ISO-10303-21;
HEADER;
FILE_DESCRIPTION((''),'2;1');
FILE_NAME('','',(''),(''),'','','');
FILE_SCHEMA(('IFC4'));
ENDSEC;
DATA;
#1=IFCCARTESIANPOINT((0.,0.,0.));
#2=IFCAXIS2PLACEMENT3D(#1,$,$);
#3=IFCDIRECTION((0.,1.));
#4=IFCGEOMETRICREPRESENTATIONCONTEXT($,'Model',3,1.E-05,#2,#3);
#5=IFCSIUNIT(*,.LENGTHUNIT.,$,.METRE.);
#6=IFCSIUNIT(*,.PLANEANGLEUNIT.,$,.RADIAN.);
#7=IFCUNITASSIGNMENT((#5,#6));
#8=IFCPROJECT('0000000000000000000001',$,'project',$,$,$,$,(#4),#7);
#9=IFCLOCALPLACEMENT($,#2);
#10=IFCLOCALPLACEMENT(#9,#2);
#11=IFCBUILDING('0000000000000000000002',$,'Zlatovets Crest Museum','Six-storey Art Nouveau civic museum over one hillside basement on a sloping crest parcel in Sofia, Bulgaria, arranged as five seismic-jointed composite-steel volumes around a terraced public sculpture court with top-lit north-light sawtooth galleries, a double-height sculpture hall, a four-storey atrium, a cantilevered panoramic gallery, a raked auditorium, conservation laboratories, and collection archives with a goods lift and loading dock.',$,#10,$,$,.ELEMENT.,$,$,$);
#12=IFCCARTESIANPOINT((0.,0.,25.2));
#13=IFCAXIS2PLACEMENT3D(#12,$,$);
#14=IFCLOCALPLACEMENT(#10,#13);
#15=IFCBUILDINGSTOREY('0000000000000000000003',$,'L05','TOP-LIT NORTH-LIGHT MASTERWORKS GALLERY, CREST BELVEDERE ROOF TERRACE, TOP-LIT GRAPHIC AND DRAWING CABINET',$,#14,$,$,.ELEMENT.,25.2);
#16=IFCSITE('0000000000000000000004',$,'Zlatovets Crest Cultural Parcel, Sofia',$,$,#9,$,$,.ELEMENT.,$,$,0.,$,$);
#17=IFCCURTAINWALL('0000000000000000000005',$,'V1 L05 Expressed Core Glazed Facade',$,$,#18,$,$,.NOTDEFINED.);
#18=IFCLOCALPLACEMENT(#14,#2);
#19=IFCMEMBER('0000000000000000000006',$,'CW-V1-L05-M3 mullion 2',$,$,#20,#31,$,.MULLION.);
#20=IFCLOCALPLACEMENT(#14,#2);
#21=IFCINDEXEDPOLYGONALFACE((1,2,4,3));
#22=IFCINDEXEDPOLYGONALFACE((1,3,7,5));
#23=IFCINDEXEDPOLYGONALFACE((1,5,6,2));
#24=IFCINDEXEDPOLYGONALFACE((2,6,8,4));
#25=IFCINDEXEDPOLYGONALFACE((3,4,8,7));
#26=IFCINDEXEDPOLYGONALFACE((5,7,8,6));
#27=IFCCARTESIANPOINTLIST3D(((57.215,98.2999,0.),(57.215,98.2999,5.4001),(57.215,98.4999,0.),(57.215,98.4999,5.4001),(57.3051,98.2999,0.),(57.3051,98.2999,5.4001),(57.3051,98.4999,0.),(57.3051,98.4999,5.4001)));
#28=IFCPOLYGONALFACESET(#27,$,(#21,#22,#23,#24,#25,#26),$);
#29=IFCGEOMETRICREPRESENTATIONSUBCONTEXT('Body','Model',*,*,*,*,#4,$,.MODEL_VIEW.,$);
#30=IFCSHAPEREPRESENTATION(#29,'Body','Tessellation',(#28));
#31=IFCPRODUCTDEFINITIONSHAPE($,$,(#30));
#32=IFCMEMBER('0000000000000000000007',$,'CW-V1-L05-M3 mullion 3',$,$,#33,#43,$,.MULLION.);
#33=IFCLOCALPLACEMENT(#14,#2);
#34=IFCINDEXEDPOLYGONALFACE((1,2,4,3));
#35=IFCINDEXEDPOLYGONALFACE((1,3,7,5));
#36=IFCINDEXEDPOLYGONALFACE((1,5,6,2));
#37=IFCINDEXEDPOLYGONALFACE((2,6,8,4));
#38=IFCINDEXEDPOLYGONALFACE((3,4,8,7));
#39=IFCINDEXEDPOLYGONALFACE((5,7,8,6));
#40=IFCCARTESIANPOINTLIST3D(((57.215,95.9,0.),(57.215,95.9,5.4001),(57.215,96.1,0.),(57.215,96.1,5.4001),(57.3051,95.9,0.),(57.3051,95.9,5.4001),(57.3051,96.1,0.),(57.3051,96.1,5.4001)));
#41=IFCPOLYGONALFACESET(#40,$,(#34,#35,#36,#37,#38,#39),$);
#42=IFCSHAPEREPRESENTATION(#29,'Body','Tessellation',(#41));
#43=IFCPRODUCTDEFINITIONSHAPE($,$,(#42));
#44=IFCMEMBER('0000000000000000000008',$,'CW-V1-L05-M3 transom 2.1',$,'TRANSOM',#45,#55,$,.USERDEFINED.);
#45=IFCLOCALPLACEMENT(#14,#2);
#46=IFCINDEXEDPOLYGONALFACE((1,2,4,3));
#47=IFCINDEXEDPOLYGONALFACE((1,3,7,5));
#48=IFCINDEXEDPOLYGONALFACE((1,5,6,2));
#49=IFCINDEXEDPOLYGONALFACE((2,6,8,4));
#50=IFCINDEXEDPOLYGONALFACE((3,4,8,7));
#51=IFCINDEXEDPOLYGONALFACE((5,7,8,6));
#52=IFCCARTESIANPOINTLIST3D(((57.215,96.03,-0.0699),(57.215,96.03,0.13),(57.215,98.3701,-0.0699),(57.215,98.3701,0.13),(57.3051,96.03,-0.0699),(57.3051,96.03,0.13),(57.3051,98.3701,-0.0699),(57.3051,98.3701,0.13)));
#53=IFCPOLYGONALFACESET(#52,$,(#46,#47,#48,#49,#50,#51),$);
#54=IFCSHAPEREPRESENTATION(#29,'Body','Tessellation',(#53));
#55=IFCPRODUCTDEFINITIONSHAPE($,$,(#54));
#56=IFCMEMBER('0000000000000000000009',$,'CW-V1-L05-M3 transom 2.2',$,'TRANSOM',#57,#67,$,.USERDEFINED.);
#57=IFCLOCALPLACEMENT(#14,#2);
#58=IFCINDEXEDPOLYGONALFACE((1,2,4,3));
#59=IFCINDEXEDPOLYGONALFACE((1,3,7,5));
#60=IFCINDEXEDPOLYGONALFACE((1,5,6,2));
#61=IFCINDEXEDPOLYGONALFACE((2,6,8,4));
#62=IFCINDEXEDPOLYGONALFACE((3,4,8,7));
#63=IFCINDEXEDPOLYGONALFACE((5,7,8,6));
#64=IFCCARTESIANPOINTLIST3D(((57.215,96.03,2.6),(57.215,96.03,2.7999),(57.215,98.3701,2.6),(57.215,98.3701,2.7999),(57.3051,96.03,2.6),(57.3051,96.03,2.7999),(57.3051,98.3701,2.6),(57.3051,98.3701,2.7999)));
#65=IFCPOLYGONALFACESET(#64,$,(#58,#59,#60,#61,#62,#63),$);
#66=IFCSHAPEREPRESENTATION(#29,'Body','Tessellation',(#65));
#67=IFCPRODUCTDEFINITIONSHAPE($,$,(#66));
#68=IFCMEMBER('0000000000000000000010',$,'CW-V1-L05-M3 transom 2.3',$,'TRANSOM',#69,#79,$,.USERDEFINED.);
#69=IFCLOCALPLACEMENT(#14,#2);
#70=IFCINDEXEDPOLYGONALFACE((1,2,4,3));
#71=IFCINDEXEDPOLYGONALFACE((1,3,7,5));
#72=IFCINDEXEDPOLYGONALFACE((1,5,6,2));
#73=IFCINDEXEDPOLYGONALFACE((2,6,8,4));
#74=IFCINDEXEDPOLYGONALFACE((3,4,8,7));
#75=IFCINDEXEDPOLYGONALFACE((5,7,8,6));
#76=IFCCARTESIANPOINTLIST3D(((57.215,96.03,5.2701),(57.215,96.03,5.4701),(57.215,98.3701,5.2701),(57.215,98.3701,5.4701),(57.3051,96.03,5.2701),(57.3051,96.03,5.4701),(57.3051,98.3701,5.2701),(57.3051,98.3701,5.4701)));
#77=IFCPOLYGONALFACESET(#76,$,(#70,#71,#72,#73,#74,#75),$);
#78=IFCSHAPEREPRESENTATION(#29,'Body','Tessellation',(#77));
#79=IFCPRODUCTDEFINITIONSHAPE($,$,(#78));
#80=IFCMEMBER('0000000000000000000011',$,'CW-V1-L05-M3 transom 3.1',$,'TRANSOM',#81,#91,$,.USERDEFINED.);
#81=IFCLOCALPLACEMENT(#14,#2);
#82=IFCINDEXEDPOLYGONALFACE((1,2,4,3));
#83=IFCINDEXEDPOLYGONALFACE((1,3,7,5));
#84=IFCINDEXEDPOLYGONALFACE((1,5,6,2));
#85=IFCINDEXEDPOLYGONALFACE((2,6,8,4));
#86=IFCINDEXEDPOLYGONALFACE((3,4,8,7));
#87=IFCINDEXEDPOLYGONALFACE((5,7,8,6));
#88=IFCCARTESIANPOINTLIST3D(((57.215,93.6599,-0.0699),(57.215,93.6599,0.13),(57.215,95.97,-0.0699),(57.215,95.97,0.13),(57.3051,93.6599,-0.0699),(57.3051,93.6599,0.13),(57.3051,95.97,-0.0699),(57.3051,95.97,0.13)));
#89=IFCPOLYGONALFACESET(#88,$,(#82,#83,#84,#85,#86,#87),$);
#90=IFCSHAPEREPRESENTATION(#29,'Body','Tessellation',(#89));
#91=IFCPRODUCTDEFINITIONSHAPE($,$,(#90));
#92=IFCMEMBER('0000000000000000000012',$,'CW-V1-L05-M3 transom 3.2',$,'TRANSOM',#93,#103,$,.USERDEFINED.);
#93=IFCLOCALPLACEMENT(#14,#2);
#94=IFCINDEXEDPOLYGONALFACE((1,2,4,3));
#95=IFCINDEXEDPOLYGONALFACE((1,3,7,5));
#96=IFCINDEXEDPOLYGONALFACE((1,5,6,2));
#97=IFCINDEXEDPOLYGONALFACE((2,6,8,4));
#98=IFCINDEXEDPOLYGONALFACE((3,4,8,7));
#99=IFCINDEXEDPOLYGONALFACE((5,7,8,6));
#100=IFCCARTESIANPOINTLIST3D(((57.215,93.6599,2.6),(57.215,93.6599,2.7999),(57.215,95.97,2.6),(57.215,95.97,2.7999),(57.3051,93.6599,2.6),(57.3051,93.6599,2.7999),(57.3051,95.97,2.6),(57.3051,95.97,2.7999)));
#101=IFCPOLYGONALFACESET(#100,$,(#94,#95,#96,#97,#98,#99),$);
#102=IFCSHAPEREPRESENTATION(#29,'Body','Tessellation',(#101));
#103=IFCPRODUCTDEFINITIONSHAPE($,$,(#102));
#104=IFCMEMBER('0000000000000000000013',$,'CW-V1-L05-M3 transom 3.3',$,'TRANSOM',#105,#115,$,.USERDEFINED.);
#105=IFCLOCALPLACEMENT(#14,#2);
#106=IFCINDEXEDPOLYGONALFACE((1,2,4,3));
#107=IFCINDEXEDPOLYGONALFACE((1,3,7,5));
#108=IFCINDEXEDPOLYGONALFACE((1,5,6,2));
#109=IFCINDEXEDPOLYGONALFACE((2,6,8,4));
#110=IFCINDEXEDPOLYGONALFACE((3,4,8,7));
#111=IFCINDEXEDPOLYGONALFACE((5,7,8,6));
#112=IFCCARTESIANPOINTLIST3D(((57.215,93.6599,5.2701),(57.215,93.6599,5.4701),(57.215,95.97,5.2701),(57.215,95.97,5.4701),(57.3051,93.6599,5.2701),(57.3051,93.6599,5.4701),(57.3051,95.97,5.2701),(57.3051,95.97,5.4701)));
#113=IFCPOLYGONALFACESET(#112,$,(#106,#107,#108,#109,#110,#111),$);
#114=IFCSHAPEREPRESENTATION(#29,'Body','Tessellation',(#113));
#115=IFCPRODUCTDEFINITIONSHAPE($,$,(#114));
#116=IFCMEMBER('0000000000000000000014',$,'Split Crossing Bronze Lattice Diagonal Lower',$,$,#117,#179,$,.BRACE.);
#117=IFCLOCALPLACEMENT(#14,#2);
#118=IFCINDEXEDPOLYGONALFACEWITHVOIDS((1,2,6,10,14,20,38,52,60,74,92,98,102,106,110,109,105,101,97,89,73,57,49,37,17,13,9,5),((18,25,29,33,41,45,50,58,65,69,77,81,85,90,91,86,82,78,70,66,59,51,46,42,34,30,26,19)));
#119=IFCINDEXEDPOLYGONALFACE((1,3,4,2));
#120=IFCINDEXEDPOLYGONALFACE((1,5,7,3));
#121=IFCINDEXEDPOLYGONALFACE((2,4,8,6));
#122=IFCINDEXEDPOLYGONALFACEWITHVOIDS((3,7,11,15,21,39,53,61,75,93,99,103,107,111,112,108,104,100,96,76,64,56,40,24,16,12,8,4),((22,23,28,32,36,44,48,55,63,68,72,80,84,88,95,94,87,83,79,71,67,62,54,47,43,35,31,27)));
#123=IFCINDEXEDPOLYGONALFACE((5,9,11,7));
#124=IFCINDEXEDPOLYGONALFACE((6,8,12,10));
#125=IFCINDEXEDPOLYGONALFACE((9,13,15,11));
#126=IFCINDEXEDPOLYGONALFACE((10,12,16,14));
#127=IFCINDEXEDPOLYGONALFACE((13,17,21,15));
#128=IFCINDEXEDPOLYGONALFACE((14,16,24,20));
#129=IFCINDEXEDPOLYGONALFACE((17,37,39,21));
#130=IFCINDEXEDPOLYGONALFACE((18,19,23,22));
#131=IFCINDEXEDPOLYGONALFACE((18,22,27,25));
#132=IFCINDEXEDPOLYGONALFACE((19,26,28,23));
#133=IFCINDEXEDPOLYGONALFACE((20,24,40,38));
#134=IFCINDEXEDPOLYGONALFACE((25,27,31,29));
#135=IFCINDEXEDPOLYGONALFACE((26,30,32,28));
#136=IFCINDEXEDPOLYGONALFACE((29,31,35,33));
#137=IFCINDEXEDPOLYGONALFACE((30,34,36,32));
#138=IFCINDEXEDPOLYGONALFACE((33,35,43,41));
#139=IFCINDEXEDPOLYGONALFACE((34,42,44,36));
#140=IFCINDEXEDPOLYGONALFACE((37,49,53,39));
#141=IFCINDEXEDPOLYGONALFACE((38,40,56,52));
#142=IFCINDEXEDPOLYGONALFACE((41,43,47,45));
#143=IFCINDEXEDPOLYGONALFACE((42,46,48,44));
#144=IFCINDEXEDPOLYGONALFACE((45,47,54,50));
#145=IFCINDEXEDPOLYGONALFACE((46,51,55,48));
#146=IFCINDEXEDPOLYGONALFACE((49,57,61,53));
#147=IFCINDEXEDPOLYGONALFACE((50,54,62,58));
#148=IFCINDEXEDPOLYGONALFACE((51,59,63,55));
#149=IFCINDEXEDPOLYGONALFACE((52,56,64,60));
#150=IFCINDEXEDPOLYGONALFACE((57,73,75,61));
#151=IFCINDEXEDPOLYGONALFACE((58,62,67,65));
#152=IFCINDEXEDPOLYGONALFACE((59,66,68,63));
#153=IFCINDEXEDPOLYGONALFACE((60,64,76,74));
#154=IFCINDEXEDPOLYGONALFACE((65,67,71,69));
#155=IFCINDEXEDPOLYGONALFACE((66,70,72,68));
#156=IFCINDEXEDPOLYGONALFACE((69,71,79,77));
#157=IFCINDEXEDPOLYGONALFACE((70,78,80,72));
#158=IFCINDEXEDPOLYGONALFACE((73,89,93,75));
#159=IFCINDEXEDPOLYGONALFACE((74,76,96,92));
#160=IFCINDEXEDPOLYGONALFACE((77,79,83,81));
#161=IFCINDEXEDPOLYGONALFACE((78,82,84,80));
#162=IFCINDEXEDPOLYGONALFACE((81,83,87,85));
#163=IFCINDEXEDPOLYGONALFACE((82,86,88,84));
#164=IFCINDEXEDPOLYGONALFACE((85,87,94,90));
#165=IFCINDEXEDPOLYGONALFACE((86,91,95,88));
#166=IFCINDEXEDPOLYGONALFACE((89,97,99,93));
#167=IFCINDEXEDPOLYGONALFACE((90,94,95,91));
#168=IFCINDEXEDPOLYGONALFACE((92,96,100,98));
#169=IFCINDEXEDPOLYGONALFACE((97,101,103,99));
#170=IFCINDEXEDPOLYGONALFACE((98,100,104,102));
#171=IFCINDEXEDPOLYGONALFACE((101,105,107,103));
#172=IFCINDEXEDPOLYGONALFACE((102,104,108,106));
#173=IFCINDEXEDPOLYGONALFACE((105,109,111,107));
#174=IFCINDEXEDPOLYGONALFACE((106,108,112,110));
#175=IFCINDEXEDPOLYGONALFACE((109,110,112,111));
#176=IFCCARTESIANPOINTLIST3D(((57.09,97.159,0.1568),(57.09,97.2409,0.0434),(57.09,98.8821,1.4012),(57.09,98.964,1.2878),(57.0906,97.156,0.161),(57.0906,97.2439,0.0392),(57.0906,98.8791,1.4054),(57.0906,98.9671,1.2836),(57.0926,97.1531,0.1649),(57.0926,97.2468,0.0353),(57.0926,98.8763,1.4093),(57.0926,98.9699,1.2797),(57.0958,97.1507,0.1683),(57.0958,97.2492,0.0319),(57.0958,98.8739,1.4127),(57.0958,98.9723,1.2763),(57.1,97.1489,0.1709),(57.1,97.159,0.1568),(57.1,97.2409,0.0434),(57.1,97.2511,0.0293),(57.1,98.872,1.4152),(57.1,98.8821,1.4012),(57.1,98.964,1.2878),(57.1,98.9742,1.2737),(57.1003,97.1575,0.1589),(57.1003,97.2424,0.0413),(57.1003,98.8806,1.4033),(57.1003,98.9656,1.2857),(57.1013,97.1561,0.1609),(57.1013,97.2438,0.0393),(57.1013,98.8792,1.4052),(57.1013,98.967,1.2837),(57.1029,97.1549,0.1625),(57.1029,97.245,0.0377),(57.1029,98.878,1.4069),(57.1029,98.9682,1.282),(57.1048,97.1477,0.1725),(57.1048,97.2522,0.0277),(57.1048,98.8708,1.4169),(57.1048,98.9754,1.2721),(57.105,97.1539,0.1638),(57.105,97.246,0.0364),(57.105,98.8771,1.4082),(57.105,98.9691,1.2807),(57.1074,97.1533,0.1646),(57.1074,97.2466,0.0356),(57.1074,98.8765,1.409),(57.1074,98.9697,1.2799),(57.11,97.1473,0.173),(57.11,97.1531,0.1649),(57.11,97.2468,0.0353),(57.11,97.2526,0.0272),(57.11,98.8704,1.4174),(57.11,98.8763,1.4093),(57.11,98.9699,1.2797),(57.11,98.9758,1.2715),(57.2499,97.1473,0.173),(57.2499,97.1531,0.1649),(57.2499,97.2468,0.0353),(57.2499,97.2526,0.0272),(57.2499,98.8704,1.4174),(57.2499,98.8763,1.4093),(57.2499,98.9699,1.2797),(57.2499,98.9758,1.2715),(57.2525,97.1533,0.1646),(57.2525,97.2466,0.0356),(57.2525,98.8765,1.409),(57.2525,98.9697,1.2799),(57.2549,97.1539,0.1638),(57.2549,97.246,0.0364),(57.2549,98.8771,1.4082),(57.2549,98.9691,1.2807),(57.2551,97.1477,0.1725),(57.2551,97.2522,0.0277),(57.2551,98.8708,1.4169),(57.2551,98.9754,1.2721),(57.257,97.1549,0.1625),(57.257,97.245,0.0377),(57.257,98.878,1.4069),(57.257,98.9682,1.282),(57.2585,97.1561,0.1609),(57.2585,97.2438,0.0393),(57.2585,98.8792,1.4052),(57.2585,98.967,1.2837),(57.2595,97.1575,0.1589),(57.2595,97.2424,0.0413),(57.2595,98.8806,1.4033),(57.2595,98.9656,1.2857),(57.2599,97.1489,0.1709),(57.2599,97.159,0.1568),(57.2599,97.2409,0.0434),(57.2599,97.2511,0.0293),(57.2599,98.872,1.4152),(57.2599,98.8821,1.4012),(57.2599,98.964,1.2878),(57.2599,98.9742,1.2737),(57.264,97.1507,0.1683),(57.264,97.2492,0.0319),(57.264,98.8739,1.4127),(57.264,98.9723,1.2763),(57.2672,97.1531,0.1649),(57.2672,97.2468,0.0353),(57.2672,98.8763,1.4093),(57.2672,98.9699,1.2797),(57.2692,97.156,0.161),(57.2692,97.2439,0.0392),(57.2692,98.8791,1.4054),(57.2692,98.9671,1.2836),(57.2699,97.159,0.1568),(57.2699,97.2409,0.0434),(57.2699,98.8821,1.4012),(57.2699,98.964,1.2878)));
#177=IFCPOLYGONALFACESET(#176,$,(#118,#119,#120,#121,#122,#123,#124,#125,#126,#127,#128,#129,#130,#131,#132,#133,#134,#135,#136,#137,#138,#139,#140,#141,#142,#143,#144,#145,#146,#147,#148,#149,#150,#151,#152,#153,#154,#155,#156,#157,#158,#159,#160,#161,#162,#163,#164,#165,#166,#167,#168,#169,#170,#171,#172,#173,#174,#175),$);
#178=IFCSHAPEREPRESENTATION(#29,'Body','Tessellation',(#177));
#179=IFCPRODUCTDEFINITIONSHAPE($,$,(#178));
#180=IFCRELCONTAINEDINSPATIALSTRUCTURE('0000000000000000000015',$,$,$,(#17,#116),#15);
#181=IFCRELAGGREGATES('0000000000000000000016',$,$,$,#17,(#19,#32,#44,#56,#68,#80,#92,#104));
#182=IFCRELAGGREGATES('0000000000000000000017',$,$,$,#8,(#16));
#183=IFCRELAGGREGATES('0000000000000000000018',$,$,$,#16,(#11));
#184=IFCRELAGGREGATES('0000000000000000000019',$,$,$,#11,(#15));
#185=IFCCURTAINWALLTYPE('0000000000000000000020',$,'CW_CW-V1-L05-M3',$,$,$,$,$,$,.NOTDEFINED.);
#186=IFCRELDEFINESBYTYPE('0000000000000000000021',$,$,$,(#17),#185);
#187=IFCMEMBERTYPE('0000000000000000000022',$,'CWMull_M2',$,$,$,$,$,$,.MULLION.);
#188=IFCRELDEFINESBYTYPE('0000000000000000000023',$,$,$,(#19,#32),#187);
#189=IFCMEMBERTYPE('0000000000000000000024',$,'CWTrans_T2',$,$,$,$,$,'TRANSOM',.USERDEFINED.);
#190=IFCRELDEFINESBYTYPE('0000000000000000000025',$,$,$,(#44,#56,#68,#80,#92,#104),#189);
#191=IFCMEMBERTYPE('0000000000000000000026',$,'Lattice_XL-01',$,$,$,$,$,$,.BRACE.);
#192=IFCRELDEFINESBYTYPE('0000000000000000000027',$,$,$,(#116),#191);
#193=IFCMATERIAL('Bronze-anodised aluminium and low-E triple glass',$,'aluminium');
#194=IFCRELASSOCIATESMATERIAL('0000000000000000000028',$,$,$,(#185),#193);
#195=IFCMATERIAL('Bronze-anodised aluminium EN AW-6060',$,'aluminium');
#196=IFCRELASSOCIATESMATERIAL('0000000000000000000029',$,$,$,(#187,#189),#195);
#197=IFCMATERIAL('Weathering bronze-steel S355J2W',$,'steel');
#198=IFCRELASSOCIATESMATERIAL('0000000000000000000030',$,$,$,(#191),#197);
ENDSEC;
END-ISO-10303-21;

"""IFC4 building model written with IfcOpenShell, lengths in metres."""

from ifc_helpers import new_model, si_unit, direction, frame, origin, origin_2d, place, context, subcontext, project, spatial, rectangle, hollow_rectangle, extrude, material, material_profile, profile_set, type_object, element, aggregate, save


model = new_model("IFC4")

# Units and contexts
model_context = context("Model", 3, precision=1e-05, world=origin(), true_north=direction((0.0, 1.0)))
body_context = subcontext(model_context, "Body", "Model", "MODEL_VIEW")
ifc_project = project(units=[si_unit("LENGTHUNIT", "METRE"), si_unit("PLANEANGLEUNIT", "RADIAN")], contexts=[model_context])

# Site, building, storey
site_placement = place(None, origin())
site = spatial("IfcSite", under=ifc_project, at=site_placement, Name="Zlatovets Crest Cultural Parcel, Sofia", CompositionType="ELEMENT", RefElevation=0.0)
building_placement = place(site_placement, origin())
building = spatial("IfcBuilding", under=site, at=building_placement, Name="Zlatovets Crest Museum", Description="Six-storey Art Nouveau civic museum over one hillside basement on a sloping crest parcel in Sofia, Bulgaria, arranged as five seismic-jointed composite-steel volumes around a terraced public sculpture court with top-lit north-light sawtooth galleries, a double-height sculpture hall, a four-storey atrium, a cantilevered panoramic gallery, a raked auditorium, conservation laboratories, and collection archives with a goods lift and loading dock.", CompositionType="ELEMENT")
storey_placement = place(building_placement, frame((0.0, 0.0, 25.2)))
storey = spatial("IfcBuildingStorey", under=building, at=storey_placement, Name="L05", Description="TOP-LIT NORTH-LIGHT MASTERWORKS GALLERY, CREST BELVEDERE ROOF TERRACE, TOP-LIT GRAPHIC AND DRAWING CABINET", CompositionType="ELEMENT", Elevation=25.2)

# Curtain wall, members
ifc_material_1 = material(Name="Bronze-anodised aluminium and low-E triple glass", Category="aluminium")
curtain_wall_type = type_object("IfcCurtainWallType", Name="CW_CW-V1-L05-M3", PredefinedType="NOTDEFINED", material=ifc_material_1)
curtain_wall_placement = place(storey_placement, origin())
curtain_wall = element("IfcCurtainWall", 1, at=curtain_wall_placement, inside=storey, type_object=curtain_wall_type, Name="V1 L05 Expressed Core Glazed Facade", PredefinedType="NOTDEFINED")
ifc_material_2 = material(Name="Bronze-anodised aluminium EN AW-6060", Category="aluminium")
ifc_material_profile_1 = material_profile(ifc_material_2, rectangle(XDim=0.0901, YDim=0.2, at=origin_2d()), Name="ALU 90x200")
ifc_profile_set_1 = profile_set([ifc_material_profile_1], Name="Bronze-anodised aluminium EN AW-6060")
member_type_1 = type_object("IfcMemberType", Name="CWMull_M2", PredefinedType="MULLION", material=ifc_profile_set_1)
member_1_placement = place(storey_placement, frame((57.26, 98.3999, 0.0), z_axis=(0.0, 0.0, 1.0), x_axis=(1.0, 0.0, 0.0)))
member_1 = element("IfcMember", 2, at=member_1_placement, type_object=member_type_1, Name="CW-V1-L05-M3 mullion 2", PredefinedType="MULLION", context=body_context, shape_type="SweptSolid", body=[
    extrude(rectangle(XDim=0.0901, YDim=0.2, at=origin_2d()), origin(), (0.0, 0.0, 1.0), 5.4001),
])
member_2_placement = place(storey_placement, frame((57.26, 96.0, 0.0), z_axis=(0.0, 0.0, 1.0), x_axis=(1.0, 0.0, 0.0)))
member_2 = element("IfcMember", 3, at=member_2_placement, type_object=member_type_1, Name="CW-V1-L05-M3 mullion 3", PredefinedType="MULLION", context=body_context, shape_type="SweptSolid", body=[
    extrude(rectangle(XDim=0.0901, YDim=0.2, at=origin_2d()), origin(), (0.0, 0.0, 1.0), 5.4001),
])
ifc_material_profile_2 = material_profile(ifc_material_2, rectangle(XDim=0.0901, YDim=0.2, at=origin_2d()), Name="ALU 90x200")
ifc_profile_set_2 = profile_set([ifc_material_profile_2], Name="Bronze-anodised aluminium EN AW-6060")
member_type_2 = type_object("IfcMemberType", Name="CWTrans_T2", ElementType="TRANSOM", PredefinedType="USERDEFINED", material=ifc_profile_set_2)
member_3_placement = place(storey_placement, frame((57.26, 98.3701, 0.03), z_axis=(0.0, -1.0, 0.0), x_axis=(1.0, 0.0, 0.0)))
member_3 = element("IfcMember", 4, at=member_3_placement, type_object=member_type_2, Name="CW-V1-L05-M3 transom 2.1", ObjectType="TRANSOM", PredefinedType="USERDEFINED", context=body_context, shape_type="SweptSolid", body=[
    extrude(rectangle(XDim=0.0901, YDim=0.2, at=origin_2d()), origin(), (0.0, 0.0, 1.0), 2.3401),
])
member_4_placement = place(storey_placement, frame((57.26, 98.3701, 2.7), z_axis=(0.0, -1.0, 0.0), x_axis=(1.0, 0.0, 0.0)))
member_4 = element("IfcMember", 5, at=member_4_placement, type_object=member_type_2, Name="CW-V1-L05-M3 transom 2.2", ObjectType="TRANSOM", PredefinedType="USERDEFINED", context=body_context, shape_type="SweptSolid", body=[
    extrude(rectangle(XDim=0.0901, YDim=0.2, at=origin_2d()), origin(), (0.0, 0.0, 1.0), 2.3401),
])
member_5_placement = place(storey_placement, frame((57.26, 98.3701, 5.3701), z_axis=(0.0, -1.0, 0.0), x_axis=(1.0, 0.0, 0.0)))
member_5 = element("IfcMember", 6, at=member_5_placement, type_object=member_type_2, Name="CW-V1-L05-M3 transom 2.3", ObjectType="TRANSOM", PredefinedType="USERDEFINED", context=body_context, shape_type="SweptSolid", body=[
    extrude(rectangle(XDim=0.0901, YDim=0.2, at=origin_2d()), origin(), (0.0, 0.0, 1.0), 2.3401),
])
member_6_placement = place(storey_placement, frame((57.26, 95.97, 0.03), z_axis=(0.0, -1.0, 0.0), x_axis=(1.0, 0.0, 0.0)))
member_6 = element("IfcMember", 7, at=member_6_placement, type_object=member_type_2, Name="CW-V1-L05-M3 transom 3.1", ObjectType="TRANSOM", PredefinedType="USERDEFINED", context=body_context, shape_type="SweptSolid", body=[
    extrude(rectangle(XDim=0.0901, YDim=0.2, at=origin_2d()), origin(), (0.0, 0.0, 1.0), 2.3101),
])
member_7_placement = place(storey_placement, frame((57.26, 95.97, 2.7), z_axis=(0.0, -1.0, 0.0), x_axis=(1.0, 0.0, 0.0)))
member_7 = element("IfcMember", 8, at=member_7_placement, type_object=member_type_2, Name="CW-V1-L05-M3 transom 3.2", ObjectType="TRANSOM", PredefinedType="USERDEFINED", context=body_context, shape_type="SweptSolid", body=[
    extrude(rectangle(XDim=0.0901, YDim=0.2, at=origin_2d()), origin(), (0.0, 0.0, 1.0), 2.3101),
])
member_8_placement = place(storey_placement, frame((57.26, 95.97, 5.3701), z_axis=(0.0, -1.0, 0.0), x_axis=(1.0, 0.0, 0.0)))
member_8 = element("IfcMember", 9, at=member_8_placement, type_object=member_type_2, Name="CW-V1-L05-M3 transom 3.3", ObjectType="TRANSOM", PredefinedType="USERDEFINED", context=body_context, shape_type="SweptSolid", body=[
    extrude(rectangle(XDim=0.0901, YDim=0.2, at=origin_2d()), origin(), (0.0, 0.0, 1.0), 2.3101),
])

# Member
ifc_material_3 = material(Name="Weathering bronze-steel S355J2W", Category="steel")
ifc_material_profile_3 = material_profile(ifc_material_3, hollow_rectangle(XDim=0.1799, YDim=0.1799, WallThickness=0.01, InnerFilletRadius=0.01, OuterFilletRadius=0.02, at=origin_2d()), Name="SHS 180x180x10.0")
ifc_profile_set_3 = profile_set([ifc_material_profile_3], Name="Weathering bronze-steel S355J2W")
member_type_3 = type_object("IfcMemberType", Name="Lattice_XL-01", PredefinedType="BRACE", material=ifc_profile_set_3)
member_9_placement = place(storey_placement, frame((57.1799, 98.9231, 1.3445), z_axis=(0.0, -0.810703, -0.585457), x_axis=(1.0, 0.0, 0.0)))
element("IfcMember", 10, at=member_9_placement, inside=storey, type_object=member_type_3, Name="Split Crossing Bronze Lattice Diagonal Lower", PredefinedType="BRACE", context=body_context, shape_type="SweptSolid", body=[
    extrude(hollow_rectangle(XDim=0.1799, YDim=0.1799, WallThickness=0.01, InnerFilletRadius=0.01, OuterFilletRadius=0.02, at=origin_2d()), origin(), (0.0, 0.0, 1.0), 2.1255),
])

aggregate(curtain_wall, [member_1, member_2, member_3, member_4, member_5, member_6, member_7, member_8])

save(model, "model.ifc")
